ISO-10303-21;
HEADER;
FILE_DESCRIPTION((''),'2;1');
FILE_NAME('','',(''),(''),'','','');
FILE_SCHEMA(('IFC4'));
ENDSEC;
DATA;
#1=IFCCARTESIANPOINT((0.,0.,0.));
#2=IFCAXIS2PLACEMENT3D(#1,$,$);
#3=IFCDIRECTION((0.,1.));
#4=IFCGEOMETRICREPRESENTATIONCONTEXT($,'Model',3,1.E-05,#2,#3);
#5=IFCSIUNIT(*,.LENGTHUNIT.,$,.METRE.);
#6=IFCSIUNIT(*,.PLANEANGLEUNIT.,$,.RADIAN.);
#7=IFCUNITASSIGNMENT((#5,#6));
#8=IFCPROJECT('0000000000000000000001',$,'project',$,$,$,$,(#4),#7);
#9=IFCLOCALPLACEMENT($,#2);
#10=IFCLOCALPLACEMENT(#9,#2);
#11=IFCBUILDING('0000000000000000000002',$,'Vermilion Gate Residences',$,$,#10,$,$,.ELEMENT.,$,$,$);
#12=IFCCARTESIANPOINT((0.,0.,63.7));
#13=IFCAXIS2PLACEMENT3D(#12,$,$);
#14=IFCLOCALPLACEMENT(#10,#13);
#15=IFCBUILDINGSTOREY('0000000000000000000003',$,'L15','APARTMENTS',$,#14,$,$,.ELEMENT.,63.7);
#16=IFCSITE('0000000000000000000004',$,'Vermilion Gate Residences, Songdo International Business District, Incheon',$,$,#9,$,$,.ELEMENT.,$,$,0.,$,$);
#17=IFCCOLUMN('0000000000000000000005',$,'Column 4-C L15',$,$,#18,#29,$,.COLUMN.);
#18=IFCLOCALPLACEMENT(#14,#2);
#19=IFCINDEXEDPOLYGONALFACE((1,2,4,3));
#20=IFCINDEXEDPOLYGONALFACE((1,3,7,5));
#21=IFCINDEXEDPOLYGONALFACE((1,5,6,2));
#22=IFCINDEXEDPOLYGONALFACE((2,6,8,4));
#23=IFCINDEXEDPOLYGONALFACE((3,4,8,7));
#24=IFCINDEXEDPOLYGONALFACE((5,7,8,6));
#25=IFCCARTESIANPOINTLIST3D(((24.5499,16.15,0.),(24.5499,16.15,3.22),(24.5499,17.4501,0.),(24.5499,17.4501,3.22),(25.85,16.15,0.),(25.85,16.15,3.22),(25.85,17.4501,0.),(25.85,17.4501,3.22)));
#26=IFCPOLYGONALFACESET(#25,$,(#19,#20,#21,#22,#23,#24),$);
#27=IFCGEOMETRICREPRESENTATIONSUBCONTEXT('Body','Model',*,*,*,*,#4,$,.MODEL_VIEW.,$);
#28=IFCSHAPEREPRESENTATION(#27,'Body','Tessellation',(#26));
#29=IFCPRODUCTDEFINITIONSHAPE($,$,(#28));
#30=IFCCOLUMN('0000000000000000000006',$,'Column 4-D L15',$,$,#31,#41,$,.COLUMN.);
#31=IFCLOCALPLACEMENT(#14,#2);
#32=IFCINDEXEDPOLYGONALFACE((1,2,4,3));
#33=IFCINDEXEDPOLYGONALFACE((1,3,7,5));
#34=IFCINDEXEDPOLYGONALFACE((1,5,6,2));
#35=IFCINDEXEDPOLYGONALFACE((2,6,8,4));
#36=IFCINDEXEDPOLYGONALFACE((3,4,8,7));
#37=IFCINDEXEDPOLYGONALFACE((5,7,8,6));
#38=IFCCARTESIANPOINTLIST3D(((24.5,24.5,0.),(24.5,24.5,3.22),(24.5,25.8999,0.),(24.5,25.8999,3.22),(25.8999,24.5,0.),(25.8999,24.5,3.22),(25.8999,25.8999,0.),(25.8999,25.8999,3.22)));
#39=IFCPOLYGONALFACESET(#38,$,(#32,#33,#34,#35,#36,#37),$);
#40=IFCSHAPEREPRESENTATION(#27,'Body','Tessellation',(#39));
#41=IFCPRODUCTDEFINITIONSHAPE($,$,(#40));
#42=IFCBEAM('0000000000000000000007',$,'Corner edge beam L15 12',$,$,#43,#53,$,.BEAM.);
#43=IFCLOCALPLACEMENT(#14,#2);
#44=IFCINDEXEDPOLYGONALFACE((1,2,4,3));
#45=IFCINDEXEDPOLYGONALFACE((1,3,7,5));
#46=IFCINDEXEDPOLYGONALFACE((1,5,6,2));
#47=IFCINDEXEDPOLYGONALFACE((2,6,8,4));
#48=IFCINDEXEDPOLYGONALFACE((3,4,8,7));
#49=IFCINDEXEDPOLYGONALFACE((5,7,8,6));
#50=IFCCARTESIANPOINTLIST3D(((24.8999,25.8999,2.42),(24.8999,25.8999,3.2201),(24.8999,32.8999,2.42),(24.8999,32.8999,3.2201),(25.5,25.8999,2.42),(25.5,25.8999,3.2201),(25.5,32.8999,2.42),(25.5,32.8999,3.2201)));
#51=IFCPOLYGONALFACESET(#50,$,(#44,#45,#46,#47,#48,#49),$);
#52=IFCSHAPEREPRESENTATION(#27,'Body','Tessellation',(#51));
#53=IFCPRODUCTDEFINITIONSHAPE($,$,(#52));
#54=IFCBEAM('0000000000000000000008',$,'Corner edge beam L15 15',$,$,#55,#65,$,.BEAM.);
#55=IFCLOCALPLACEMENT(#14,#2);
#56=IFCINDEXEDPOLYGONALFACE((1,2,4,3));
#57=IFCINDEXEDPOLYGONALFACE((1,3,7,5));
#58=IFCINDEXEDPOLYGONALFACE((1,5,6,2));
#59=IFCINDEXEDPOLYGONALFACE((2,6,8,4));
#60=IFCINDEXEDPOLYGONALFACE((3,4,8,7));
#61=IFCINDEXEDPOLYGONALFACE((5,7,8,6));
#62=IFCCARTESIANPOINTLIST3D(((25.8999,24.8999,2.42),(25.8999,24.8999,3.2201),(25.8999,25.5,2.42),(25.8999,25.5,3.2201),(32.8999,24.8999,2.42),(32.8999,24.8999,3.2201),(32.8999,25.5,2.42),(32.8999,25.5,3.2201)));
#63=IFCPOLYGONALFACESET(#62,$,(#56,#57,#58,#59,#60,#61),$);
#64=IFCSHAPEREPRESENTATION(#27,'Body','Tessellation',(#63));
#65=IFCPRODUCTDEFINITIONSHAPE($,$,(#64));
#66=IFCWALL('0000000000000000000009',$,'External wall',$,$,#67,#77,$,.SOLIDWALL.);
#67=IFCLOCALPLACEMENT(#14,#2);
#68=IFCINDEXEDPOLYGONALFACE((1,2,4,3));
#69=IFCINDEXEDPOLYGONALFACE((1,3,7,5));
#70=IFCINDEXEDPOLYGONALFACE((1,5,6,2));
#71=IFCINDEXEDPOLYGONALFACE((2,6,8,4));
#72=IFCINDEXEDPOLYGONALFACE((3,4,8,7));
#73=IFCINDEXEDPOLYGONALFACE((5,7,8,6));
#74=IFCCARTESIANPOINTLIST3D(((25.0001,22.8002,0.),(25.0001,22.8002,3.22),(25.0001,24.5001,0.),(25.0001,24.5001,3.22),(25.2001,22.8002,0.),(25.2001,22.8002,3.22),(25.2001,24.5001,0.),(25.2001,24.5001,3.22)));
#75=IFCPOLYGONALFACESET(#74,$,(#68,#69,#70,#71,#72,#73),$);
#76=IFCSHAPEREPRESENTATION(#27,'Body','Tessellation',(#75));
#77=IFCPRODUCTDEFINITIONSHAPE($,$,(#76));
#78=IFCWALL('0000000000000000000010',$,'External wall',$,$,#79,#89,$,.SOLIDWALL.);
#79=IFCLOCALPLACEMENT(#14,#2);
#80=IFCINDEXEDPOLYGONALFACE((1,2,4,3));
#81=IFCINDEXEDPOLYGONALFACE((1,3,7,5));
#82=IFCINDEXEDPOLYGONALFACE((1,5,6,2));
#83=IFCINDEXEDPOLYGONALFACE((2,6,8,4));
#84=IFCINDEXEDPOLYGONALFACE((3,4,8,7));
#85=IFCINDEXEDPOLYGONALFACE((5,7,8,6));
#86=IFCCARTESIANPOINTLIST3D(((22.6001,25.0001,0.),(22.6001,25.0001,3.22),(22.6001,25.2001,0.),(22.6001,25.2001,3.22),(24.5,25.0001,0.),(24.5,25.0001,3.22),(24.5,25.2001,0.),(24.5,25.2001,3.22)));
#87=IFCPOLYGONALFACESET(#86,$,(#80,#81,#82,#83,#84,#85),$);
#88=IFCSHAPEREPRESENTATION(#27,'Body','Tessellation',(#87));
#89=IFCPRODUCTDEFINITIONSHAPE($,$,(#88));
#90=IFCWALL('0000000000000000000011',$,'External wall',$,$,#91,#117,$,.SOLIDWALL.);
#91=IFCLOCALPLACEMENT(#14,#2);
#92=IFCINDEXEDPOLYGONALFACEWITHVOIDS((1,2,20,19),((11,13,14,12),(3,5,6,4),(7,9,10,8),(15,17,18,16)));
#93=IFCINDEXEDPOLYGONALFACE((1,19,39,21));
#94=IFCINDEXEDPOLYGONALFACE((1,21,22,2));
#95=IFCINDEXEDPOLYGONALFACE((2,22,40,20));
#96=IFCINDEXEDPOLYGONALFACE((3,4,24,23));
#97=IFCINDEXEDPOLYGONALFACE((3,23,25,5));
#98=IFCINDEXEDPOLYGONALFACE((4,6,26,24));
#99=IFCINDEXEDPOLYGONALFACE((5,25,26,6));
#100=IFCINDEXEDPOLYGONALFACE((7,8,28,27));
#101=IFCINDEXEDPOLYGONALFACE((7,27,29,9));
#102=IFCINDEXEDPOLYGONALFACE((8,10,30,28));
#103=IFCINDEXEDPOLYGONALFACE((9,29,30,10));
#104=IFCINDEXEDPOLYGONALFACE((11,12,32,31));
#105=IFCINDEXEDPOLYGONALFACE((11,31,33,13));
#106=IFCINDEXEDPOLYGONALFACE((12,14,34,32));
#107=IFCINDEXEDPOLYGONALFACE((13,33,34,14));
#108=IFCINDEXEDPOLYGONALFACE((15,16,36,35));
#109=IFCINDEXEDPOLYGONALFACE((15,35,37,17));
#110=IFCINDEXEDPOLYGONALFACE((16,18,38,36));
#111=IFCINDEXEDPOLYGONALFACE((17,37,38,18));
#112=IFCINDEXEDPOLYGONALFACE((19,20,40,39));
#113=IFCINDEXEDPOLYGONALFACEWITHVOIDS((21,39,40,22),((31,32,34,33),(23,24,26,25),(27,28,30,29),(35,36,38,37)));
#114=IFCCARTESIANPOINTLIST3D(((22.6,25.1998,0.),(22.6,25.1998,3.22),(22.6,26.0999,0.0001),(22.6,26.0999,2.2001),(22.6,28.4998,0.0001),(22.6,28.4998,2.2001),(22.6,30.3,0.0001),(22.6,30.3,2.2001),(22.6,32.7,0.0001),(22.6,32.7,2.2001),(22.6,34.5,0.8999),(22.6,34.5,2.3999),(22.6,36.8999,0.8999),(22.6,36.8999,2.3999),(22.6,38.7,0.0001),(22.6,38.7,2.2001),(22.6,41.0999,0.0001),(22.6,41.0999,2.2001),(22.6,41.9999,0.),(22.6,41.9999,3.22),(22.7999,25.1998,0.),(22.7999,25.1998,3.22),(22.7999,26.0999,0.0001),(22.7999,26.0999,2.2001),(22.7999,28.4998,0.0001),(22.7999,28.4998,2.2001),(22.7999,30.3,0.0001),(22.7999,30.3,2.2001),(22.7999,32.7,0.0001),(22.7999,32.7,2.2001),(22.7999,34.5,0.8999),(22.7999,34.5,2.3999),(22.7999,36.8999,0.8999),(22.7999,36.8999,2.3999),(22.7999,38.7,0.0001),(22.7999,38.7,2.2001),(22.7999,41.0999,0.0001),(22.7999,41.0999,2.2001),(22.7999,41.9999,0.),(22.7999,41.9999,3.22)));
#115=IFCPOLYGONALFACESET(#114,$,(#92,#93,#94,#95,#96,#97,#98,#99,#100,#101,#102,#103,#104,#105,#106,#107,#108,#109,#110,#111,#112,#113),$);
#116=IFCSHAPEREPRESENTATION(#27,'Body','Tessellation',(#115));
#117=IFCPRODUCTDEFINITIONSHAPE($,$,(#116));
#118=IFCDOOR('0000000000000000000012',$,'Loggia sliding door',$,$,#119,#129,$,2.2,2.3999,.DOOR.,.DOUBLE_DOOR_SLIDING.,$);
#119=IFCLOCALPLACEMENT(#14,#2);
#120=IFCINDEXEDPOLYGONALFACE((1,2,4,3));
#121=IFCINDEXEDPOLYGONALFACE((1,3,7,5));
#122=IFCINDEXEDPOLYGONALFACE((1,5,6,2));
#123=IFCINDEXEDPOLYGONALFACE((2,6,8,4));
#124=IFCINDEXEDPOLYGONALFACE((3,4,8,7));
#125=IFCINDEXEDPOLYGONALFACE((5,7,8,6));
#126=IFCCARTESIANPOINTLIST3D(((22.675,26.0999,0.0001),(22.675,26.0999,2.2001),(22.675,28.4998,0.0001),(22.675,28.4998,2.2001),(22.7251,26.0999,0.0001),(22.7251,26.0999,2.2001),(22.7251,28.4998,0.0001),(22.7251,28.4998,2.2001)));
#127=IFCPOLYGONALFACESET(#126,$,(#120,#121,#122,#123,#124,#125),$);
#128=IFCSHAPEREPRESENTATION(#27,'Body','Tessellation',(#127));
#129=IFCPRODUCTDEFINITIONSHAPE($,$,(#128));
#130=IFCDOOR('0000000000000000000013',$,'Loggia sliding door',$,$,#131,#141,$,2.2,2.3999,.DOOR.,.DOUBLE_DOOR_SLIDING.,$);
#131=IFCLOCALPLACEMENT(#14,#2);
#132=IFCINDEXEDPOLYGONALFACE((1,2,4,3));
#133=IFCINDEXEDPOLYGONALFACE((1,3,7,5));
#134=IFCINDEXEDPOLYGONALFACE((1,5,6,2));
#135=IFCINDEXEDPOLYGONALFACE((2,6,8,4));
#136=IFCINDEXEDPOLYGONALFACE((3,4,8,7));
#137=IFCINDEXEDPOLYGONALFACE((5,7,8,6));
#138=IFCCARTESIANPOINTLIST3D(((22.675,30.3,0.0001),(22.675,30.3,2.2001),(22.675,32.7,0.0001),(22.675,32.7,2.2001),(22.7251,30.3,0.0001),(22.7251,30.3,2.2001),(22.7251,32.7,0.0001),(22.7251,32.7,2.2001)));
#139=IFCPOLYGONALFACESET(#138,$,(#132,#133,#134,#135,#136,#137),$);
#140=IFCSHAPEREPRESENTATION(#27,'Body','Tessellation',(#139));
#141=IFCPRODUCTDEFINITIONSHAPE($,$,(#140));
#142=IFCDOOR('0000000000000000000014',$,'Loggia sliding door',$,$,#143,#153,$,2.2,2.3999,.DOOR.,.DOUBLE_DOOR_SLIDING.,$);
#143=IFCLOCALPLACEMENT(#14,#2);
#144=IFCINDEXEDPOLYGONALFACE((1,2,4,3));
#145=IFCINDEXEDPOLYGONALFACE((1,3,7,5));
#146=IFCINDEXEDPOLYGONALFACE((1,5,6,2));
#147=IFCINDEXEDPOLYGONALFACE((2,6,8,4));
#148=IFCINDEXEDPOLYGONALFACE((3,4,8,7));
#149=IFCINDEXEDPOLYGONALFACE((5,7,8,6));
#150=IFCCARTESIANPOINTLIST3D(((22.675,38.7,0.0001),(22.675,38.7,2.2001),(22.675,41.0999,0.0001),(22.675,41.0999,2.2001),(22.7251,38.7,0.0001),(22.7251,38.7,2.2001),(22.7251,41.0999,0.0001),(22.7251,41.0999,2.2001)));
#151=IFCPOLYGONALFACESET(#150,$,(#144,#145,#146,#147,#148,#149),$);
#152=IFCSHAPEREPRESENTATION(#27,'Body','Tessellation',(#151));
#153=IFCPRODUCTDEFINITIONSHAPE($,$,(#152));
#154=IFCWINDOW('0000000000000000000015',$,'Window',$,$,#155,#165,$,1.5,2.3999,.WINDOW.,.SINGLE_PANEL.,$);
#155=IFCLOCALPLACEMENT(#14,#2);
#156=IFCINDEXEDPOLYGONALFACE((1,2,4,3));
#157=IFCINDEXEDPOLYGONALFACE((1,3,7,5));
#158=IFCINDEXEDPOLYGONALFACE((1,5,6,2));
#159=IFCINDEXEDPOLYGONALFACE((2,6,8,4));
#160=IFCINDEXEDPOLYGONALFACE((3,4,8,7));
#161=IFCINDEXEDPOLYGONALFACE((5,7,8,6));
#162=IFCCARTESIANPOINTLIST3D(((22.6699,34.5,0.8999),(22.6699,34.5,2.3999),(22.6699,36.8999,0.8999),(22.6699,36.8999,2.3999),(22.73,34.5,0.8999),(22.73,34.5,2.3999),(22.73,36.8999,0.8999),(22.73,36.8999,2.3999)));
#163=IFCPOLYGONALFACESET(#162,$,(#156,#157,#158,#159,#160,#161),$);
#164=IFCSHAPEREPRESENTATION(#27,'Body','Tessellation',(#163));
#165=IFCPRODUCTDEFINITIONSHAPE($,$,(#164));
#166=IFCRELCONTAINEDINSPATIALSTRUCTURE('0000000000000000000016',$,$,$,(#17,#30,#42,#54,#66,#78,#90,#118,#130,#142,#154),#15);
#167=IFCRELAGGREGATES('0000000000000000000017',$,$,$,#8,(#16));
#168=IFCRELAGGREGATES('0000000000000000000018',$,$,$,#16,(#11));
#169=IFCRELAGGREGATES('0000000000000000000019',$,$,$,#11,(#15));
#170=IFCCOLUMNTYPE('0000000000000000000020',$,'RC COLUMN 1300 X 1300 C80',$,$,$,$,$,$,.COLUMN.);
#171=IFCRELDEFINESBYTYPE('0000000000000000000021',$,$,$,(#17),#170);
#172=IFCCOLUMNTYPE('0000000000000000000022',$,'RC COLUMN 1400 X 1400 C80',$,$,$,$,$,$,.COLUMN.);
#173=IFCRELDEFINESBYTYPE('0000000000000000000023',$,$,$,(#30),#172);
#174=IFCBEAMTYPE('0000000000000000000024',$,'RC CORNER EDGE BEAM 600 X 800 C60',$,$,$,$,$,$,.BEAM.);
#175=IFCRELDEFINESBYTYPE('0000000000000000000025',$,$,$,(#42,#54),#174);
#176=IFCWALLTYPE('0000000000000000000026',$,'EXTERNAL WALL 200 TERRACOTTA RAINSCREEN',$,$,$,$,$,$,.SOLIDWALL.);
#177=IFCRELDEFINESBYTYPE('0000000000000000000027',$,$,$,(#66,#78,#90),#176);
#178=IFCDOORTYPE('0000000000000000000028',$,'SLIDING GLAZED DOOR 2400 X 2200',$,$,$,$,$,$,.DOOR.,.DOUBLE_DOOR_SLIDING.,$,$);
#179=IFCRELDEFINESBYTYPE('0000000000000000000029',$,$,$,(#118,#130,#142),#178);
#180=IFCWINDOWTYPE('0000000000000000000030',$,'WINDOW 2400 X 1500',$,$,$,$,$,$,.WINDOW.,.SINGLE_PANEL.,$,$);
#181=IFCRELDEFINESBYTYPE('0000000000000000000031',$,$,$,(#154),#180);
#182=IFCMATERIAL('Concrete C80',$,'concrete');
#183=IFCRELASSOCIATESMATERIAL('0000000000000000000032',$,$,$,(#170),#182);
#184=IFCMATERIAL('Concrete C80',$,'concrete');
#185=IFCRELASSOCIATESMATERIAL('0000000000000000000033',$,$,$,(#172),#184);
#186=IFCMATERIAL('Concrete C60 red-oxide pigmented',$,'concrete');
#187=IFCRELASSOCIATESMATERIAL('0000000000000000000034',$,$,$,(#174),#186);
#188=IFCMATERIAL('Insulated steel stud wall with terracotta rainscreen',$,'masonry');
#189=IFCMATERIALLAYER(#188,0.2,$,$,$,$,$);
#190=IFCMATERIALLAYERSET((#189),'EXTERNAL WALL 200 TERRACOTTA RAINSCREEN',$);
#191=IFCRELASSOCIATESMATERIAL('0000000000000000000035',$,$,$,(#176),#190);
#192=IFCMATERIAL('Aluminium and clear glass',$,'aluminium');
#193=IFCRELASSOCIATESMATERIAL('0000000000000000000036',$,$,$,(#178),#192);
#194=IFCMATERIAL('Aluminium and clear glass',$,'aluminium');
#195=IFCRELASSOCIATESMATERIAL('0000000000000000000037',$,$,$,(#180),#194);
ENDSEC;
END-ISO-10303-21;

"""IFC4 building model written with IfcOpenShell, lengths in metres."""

from ifc_helpers import new_model, si_unit, direction, frame, frame_2d, origin, origin_2d, place, context, subcontext, project, spatial, rectangle, extrude, material, layer, layer_set, material_profile, profile_set, type_object, element, fill, save


model = new_model("IFC4")

# Units and contexts
model_context = context("Model", 3, precision=1e-05, world=origin(), true_north=direction((0.0, 1.0)))
body_context = subcontext(model_context, "Body", "Model", "MODEL_VIEW")
ifc_project = project(units=[si_unit("LENGTHUNIT", "METRE"), si_unit("PLANEANGLEUNIT", "RADIAN")], contexts=[model_context])

# Site, building, storey
site_placement = place(None, origin())
site = spatial("IfcSite", under=ifc_project, at=site_placement, Name="Vermilion Gate Residences, Songdo International Business District, Incheon", CompositionType="ELEMENT", RefElevation=0.0)
building_placement = place(site_placement, origin())
building = spatial("IfcBuilding", under=site, at=building_placement, Name="Vermilion Gate Residences", CompositionType="ELEMENT")
storey_placement = place(building_placement, frame((0.0, 0.0, 63.7)))
storey = spatial("IfcBuildingStorey", under=building, at=storey_placement, Name="L15", Description="APARTMENTS", CompositionType="ELEMENT", Elevation=63.7)

# Columns
ifc_material_1 = material(Name="Concrete C80", Category="concrete")
ifc_material_profile_1 = material_profile(ifc_material_1, rectangle(XDim=1.3, YDim=1.3, at=origin_2d()), Name="RC-1300x1300")
ifc_profile_set_1 = profile_set([ifc_material_profile_1], Name="Concrete C80")
column_type_1 = type_object("IfcColumnType", Name="RC COLUMN 1300 X 1300 C80", PredefinedType="COLUMN", material=ifc_profile_set_1)
column_1_placement = place(storey_placement, frame((25.2, 16.8, 0.0), z_axis=(0.0, 0.0, 1.0), x_axis=(1.0, 0.0, 0.0)))
element("IfcColumn", 1, at=column_1_placement, inside=storey, type_object=column_type_1, Name="Column 4-C L15", PredefinedType="COLUMN", context=body_context, shape_type="SweptSolid", body=[
    extrude(rectangle(XDim=1.3, YDim=1.3, at=origin_2d()), origin(), (0.0, 0.0, 1.0), 3.22),
])
ifc_material_2 = material(Name="Concrete C80", Category="concrete")
ifc_material_profile_2 = material_profile(ifc_material_2, rectangle(XDim=1.3999, YDim=1.3999, at=origin_2d()), Name="RC-1400x1400")
ifc_profile_set_2 = profile_set([ifc_material_profile_2], Name="Concrete C80")
column_type_2 = type_object("IfcColumnType", Name="RC COLUMN 1400 X 1400 C80", PredefinedType="COLUMN", material=ifc_profile_set_2)
column_2_placement = place(storey_placement, frame((25.2, 25.2, 0.0), z_axis=(0.0, 0.0, 1.0), x_axis=(1.0, 0.0, 0.0)))
element("IfcColumn", 2, at=column_2_placement, inside=storey, type_object=column_type_2, Name="Column 4-D L15", PredefinedType="COLUMN", context=body_context, shape_type="SweptSolid", body=[
    extrude(rectangle(XDim=1.3999, YDim=1.3999, at=origin_2d()), origin(), (0.0, 0.0, 1.0), 3.22),
])

# Beams
ifc_material_3 = material(Name="Concrete C60 red-oxide pigmented", Category="concrete")
ifc_material_profile_3 = material_profile(ifc_material_3, rectangle(XDim=0.6001, YDim=0.8, at=origin_2d()), Name="RC-600x800")
ifc_profile_set_3 = profile_set([ifc_material_profile_3], Name="Concrete C60 red-oxide pigmented")
beam_type = type_object("IfcBeamType", Name="RC CORNER EDGE BEAM 600 X 800 C60", PredefinedType="BEAM", material=ifc_profile_set_3)
for number, where, z_axis, x_axis, name in (
    (3, (25.2, 25.8999, 2.8201), (0.0, 1.0, 0.0), (-1.0, 0.0, 0.0), "Corner edge beam L15 12"),
    (4, (25.8999, 25.2, 2.8201), (1.0, 0.0, 0.0), (0.0, 1.0, 0.0), "Corner edge beam L15 15"),
):
    element("IfcBeam", number, at=place(storey_placement, frame(where, z_axis=z_axis, x_axis=x_axis)), inside=storey, type_object=beam_type, Name=name, PredefinedType="BEAM", context=body_context, shape_type="SweptSolid", body=[
        extrude(rectangle(XDim=0.6001, YDim=0.8, at=origin_2d()), origin(), (0.0, 0.0, 1.0), 7.0),
    ])

# Walls
ifc_material_4 = material(Name="Insulated steel stud wall with terracotta rainscreen", Category="masonry")
ifc_layer_1 = layer(ifc_material_4, 0.2)
ifc_layer_set_1 = layer_set([ifc_layer_1], Name="EXTERNAL WALL 200 TERRACOTTA RAINSCREEN")
wall_type_1 = type_object("IfcWallType", Name="EXTERNAL WALL 200 TERRACOTTA RAINSCREEN", PredefinedType="SOLIDWALL", material=ifc_layer_set_1)
wall_1_placement = place(storey_placement, frame((25.1001, 22.8, 0.0), z_axis=(0.0, 0.0, 1.0), x_axis=(0.0, 1.0, 0.0)))
element("IfcWall", 5, at=wall_1_placement, inside=storey, type_object=wall_type_1, Name="External wall", PredefinedType="SOLIDWALL", context=body_context, shape_type="SweptSolid", body=[
    extrude(rectangle(XDim=1.7, YDim=0.2, at=frame_2d((0.8501, 0.0))), origin(), (0.0, 0.0, 1.0), 3.22),
])
wall_2_placement = place(storey_placement, frame((24.5, 25.1001, 0.0), z_axis=(0.0, 0.0, 1.0), x_axis=(-1.0, 0.0, 0.0)))
element("IfcWall", 6, at=wall_2_placement, inside=storey, type_object=wall_type_1, Name="External wall", PredefinedType="SOLIDWALL", context=body_context, shape_type="SweptSolid", body=[
    extrude(rectangle(XDim=1.8999, YDim=0.2, at=frame_2d((0.95, 0.0))), origin(), (0.0, 0.0, 1.0), 3.22),
])

# Wall, openings, doors, window
wall_3_placement = place(storey_placement, frame((22.7, 25.2, 0.0), z_axis=(0.0, 0.0, 1.0), x_axis=(0.0, 1.0, 0.0)))
wall_3 = element("IfcWall", 7, at=wall_3_placement, inside=storey, type_object=wall_type_1, Name="External wall", PredefinedType="SOLIDWALL", context=body_context, shape_type="SweptSolid", body=[
    extrude(rectangle(XDim=16.8, YDim=0.2, at=frame_2d((8.3999, 0.0))), origin(), (0.0, 0.0, 1.0), 3.22),
])
opening_1_placement = place(wall_3_placement, frame((0.8999, 0.0, 0.0)))
opening_1 = element("IfcOpeningElement", 8, at=opening_1_placement, cuts=wall_3, PredefinedType="OPENING", context=body_context, shape_type="SweptSolid", body=[
    extrude(rectangle(XDim=2.3999, YDim=2.2, at=frame_2d((1.2, 1.1001))), frame((0.0, 0.1099, 0.0), z_axis=(0.0, -1.0, 0.0), x_axis=(1.0, 0.0, 0.0)), (0.0, 0.0, 1.0), 0.22),
])
opening_2_placement = place(wall_3_placement, frame((5.1001, 0.0, 0.0)))
opening_2 = element("IfcOpeningElement", 9, at=opening_2_placement, cuts=wall_3, PredefinedType="OPENING", context=body_context, shape_type="SweptSolid", body=[
    extrude(rectangle(XDim=2.3999, YDim=2.2, at=frame_2d((1.2, 1.1001))), frame((0.0, 0.1099, 0.0), z_axis=(0.0, -1.0, 0.0), x_axis=(1.0, 0.0, 0.0)), (0.0, 0.0, 1.0), 0.22),
])
opening_3_placement = place(wall_3_placement, frame((9.3, 0.0, 0.8999)))
opening_3 = element("IfcOpeningElement", 10, at=opening_3_placement, cuts=wall_3, PredefinedType="OPENING", context=body_context, shape_type="SweptSolid", body=[
    extrude(rectangle(XDim=2.3999, YDim=1.5, at=frame_2d((1.2, 0.75))), frame((0.0, 0.1099, 0.0), z_axis=(0.0, -1.0, 0.0), x_axis=(1.0, 0.0, 0.0)), (0.0, 0.0, 1.0), 0.22),
])
opening_4_placement = place(wall_3_placement, frame((13.5, 0.0, 0.0)))
opening_4 = element("IfcOpeningElement", 11, at=opening_4_placement, cuts=wall_3, PredefinedType="OPENING", context=body_context, shape_type="SweptSolid", body=[
    extrude(rectangle(XDim=2.3999, YDim=2.2, at=frame_2d((1.2, 1.1001))), frame((0.0, 0.1099, 0.0), z_axis=(0.0, -1.0, 0.0), x_axis=(1.0, 0.0, 0.0)), (0.0, 0.0, 1.0), 0.22),
])
ifc_material_5 = material(Name="Aluminium and clear glass", Category="aluminium")
door_type_1 = type_object("IfcDoorType", Name="SLIDING GLAZED DOOR 2400 X 2200", OperationType="DOUBLE_DOOR_SLIDING", PredefinedType="DOOR", material=ifc_material_5)
door_1_placement = place(opening_1_placement, origin())
door_1 = element("IfcDoor", 12, at=door_1_placement, inside=storey, type_object=door_type_1, Name="Loggia sliding door", OperationType="DOUBLE_DOOR_SLIDING", OverallHeight=2.2, OverallWidth=2.3999, PredefinedType="DOOR", context=body_context, shape_type="SweptSolid", body=[
    extrude(rectangle(XDim=2.3999, YDim=2.2, at=frame_2d((1.2, 1.1001))), frame((0.0, 0.0249, 0.0), z_axis=(0.0, -1.0, 0.0), x_axis=(1.0, 0.0, 0.0)), (0.0, 0.0, 1.0), 0.05),
])
fill(opening_1, door_1)
door_2_placement = place(opening_2_placement, origin())
door_2 = element("IfcDoor", 13, at=door_2_placement, inside=storey, type_object=door_type_1, Name="Loggia sliding door", OperationType="DOUBLE_DOOR_SLIDING", OverallHeight=2.2, OverallWidth=2.3999, PredefinedType="DOOR", context=body_context, shape_type="SweptSolid", body=[
    extrude(rectangle(XDim=2.3999, YDim=2.2, at=frame_2d((1.2, 1.1001))), frame((0.0, 0.0249, 0.0), z_axis=(0.0, -1.0, 0.0), x_axis=(1.0, 0.0, 0.0)), (0.0, 0.0, 1.0), 0.05),
])
fill(opening_2, door_2)
door_3_placement = place(opening_4_placement, origin())
door_3 = element("IfcDoor", 14, at=door_3_placement, inside=storey, type_object=door_type_1, Name="Loggia sliding door", OperationType="DOUBLE_DOOR_SLIDING", OverallHeight=2.2, OverallWidth=2.3999, PredefinedType="DOOR", context=body_context, shape_type="SweptSolid", body=[
    extrude(rectangle(XDim=2.3999, YDim=2.2, at=frame_2d((1.2, 1.1001))), frame((0.0, 0.0249, 0.0), z_axis=(0.0, -1.0, 0.0), x_axis=(1.0, 0.0, 0.0)), (0.0, 0.0, 1.0), 0.05),
])
fill(opening_4, door_3)
ifc_material_6 = material(Name="Aluminium and clear glass", Category="aluminium")
window_type = type_object("IfcWindowType", Name="WINDOW 2400 X 1500", PartitioningType="SINGLE_PANEL", PredefinedType="WINDOW", material=ifc_material_6)
window_placement = place(opening_3_placement, origin())
window = element("IfcWindow", 15, at=window_placement, inside=storey, type_object=window_type, Name="Window", OverallHeight=1.5, OverallWidth=2.3999, PartitioningType="SINGLE_PANEL", PredefinedType="WINDOW", context=body_context, shape_type="SweptSolid", body=[
    extrude(rectangle(XDim=2.3999, YDim=1.5, at=frame_2d((1.2, 0.75))), frame((0.0, 0.03, 0.0), z_axis=(0.0, -1.0, 0.0), x_axis=(1.0, 0.0, 0.0)), (0.0, 0.0, 1.0), 0.0601),
])
fill(opening_3, window)

save(model, "model.ifc")
